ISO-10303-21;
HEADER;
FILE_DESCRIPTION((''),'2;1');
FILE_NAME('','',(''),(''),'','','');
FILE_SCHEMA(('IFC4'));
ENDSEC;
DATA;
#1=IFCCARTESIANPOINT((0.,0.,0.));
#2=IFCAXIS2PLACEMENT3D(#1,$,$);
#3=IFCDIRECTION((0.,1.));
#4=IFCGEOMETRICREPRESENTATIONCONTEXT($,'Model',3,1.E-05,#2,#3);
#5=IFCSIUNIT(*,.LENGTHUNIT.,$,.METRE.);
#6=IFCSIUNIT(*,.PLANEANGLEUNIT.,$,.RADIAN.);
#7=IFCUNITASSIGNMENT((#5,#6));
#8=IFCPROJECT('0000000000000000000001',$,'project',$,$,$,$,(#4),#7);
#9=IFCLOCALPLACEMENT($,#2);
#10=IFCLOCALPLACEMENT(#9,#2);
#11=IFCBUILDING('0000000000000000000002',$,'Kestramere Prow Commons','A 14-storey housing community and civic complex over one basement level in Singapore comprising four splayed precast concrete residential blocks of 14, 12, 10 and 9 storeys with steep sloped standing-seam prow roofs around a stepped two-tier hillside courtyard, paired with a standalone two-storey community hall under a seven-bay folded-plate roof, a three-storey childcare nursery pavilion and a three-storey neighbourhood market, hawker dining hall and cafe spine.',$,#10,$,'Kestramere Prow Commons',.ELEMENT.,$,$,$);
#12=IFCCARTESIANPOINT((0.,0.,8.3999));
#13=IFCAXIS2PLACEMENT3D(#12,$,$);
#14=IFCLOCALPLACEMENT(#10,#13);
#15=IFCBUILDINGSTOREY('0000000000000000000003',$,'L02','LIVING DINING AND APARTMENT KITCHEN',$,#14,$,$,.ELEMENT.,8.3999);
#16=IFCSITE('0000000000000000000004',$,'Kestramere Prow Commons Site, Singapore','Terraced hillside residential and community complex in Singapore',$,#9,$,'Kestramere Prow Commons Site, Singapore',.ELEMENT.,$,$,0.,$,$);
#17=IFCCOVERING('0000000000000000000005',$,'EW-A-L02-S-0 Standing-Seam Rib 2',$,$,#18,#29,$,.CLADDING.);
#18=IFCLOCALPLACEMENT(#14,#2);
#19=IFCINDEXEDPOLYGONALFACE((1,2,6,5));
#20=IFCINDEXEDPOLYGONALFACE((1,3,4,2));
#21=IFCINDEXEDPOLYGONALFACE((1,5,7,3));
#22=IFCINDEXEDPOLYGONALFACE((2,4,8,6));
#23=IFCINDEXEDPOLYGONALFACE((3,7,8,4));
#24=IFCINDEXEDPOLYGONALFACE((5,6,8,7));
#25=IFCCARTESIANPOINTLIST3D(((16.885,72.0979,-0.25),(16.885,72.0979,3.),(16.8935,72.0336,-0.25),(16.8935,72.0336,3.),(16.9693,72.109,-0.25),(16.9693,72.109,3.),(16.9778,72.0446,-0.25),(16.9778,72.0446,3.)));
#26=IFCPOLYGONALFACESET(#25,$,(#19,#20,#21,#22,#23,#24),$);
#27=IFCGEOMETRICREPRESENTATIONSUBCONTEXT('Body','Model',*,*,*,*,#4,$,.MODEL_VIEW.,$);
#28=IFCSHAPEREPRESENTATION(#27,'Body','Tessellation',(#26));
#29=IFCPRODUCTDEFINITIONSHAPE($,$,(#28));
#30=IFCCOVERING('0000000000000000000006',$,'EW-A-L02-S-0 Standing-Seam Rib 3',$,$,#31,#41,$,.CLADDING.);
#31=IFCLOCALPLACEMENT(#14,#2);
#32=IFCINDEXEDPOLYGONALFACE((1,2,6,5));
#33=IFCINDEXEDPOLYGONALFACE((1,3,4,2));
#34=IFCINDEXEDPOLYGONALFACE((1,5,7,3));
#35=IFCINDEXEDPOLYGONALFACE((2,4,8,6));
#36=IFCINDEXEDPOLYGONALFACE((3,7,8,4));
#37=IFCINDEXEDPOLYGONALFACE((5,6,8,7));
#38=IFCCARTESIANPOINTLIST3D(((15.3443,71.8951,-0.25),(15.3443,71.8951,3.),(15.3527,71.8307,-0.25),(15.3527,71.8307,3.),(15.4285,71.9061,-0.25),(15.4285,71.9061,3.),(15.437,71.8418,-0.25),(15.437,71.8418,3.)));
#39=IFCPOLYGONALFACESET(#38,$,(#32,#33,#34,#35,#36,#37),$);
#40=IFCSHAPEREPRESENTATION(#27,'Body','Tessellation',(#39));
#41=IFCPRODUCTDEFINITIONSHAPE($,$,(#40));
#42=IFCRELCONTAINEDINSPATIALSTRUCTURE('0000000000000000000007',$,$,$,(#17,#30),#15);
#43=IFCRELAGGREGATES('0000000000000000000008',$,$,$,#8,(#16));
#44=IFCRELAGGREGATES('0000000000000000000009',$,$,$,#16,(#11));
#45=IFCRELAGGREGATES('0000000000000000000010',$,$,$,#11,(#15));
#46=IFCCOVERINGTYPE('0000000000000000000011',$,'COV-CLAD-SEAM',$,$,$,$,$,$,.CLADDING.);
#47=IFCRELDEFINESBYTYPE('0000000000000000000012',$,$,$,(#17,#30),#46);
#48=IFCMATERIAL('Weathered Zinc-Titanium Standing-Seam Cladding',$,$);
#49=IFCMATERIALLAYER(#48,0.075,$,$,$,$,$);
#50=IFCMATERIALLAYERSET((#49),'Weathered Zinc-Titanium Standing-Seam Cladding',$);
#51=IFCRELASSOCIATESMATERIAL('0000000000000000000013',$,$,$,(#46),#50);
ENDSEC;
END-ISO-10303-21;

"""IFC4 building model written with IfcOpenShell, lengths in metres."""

from ifc_helpers import new_model, si_unit, direction, frame, origin, origin_2d, place, context, subcontext, project, spatial, rectangle, extrude, material, layer, layer_set, type_object, element, save


model = new_model("IFC4")

# Units and contexts
model_context = context("Model", 3, precision=1e-05, world=origin(), true_north=direction((0.0, 1.0)))
body_context = subcontext(model_context, "Body", "Model", "MODEL_VIEW")
ifc_project = project(units=[si_unit("LENGTHUNIT", "METRE"), si_unit("PLANEANGLEUNIT", "RADIAN")], contexts=[model_context])

# Site, building, storey
site_placement = place(None, origin())
site = spatial("IfcSite", under=ifc_project, at=site_placement, Name="Kestramere Prow Commons Site, Singapore", Description="Terraced hillside residential and community complex in Singapore", LongName="Kestramere Prow Commons Site, Singapore", CompositionType="ELEMENT", RefElevation=0.0)
building_placement = place(site_placement, origin())
building = spatial("IfcBuilding", under=site, at=building_placement, Name="Kestramere Prow Commons", Description="A 14-storey housing community and civic complex over one basement level in Singapore comprising four splayed precast concrete residential blocks of 14, 12, 10 and 9 storeys with steep sloped standing-seam prow roofs around a stepped two-tier hillside courtyard, paired with a standalone two-storey community hall under a seven-bay folded-plate roof, a three-storey childcare nursery pavilion and a three-storey neighbourhood market, hawker dining hall and cafe spine.", LongName="Kestramere Prow Commons", CompositionType="ELEMENT")
storey_placement = place(building_placement, frame((0.0, 0.0, 8.3999)))
storey = spatial("IfcBuildingStorey", under=building, at=storey_placement, Name="L02", Description="LIVING DINING AND APARTMENT KITCHEN", CompositionType="ELEMENT", Elevation=8.3999)

# Shared definitions
ifc_material_1 = material(Name="Weathered Zinc-Titanium Standing-Seam Cladding")

# Coverings
ifc_layer_1 = layer(ifc_material_1, 0.075)
ifc_layer_set_1 = layer_set([ifc_layer_1], Name="Weathered Zinc-Titanium Standing-Seam Cladding")
covering_type = type_object("IfcCoveringType", Name="COV-CLAD-SEAM", PredefinedType="CLADDING", material=ifc_layer_set_1)
for number, where, z_axis, x_axis, name in (
    (1, (16.9314, 72.0713, -0.25), (0.0, 0.0, 1.0), (-0.991445, -0.130526, 0.0), "EW-A-L02-S-0 Standing-Seam Rib 2"),
    (2, (15.3906, 71.8684, -0.25), (0.0, 0.0, 1.0), (-0.991445, -0.130526, 0.0), "EW-A-L02-S-0 Standing-Seam Rib 3"),
):
    element("IfcCovering", number, at=place(storey_placement, frame(where, z_axis=z_axis, x_axis=x_axis)), inside=storey, type_object=covering_type, Name=name, PredefinedType="CLADDING", context=body_context, shape_type="SweptSolid", body=[
        extrude(rectangle(XDim=0.085, YDim=0.0649, at=origin_2d()), origin(), (0.0, 0.0, 1.0), 3.25),
    ])

save(model, "model.ifc")
